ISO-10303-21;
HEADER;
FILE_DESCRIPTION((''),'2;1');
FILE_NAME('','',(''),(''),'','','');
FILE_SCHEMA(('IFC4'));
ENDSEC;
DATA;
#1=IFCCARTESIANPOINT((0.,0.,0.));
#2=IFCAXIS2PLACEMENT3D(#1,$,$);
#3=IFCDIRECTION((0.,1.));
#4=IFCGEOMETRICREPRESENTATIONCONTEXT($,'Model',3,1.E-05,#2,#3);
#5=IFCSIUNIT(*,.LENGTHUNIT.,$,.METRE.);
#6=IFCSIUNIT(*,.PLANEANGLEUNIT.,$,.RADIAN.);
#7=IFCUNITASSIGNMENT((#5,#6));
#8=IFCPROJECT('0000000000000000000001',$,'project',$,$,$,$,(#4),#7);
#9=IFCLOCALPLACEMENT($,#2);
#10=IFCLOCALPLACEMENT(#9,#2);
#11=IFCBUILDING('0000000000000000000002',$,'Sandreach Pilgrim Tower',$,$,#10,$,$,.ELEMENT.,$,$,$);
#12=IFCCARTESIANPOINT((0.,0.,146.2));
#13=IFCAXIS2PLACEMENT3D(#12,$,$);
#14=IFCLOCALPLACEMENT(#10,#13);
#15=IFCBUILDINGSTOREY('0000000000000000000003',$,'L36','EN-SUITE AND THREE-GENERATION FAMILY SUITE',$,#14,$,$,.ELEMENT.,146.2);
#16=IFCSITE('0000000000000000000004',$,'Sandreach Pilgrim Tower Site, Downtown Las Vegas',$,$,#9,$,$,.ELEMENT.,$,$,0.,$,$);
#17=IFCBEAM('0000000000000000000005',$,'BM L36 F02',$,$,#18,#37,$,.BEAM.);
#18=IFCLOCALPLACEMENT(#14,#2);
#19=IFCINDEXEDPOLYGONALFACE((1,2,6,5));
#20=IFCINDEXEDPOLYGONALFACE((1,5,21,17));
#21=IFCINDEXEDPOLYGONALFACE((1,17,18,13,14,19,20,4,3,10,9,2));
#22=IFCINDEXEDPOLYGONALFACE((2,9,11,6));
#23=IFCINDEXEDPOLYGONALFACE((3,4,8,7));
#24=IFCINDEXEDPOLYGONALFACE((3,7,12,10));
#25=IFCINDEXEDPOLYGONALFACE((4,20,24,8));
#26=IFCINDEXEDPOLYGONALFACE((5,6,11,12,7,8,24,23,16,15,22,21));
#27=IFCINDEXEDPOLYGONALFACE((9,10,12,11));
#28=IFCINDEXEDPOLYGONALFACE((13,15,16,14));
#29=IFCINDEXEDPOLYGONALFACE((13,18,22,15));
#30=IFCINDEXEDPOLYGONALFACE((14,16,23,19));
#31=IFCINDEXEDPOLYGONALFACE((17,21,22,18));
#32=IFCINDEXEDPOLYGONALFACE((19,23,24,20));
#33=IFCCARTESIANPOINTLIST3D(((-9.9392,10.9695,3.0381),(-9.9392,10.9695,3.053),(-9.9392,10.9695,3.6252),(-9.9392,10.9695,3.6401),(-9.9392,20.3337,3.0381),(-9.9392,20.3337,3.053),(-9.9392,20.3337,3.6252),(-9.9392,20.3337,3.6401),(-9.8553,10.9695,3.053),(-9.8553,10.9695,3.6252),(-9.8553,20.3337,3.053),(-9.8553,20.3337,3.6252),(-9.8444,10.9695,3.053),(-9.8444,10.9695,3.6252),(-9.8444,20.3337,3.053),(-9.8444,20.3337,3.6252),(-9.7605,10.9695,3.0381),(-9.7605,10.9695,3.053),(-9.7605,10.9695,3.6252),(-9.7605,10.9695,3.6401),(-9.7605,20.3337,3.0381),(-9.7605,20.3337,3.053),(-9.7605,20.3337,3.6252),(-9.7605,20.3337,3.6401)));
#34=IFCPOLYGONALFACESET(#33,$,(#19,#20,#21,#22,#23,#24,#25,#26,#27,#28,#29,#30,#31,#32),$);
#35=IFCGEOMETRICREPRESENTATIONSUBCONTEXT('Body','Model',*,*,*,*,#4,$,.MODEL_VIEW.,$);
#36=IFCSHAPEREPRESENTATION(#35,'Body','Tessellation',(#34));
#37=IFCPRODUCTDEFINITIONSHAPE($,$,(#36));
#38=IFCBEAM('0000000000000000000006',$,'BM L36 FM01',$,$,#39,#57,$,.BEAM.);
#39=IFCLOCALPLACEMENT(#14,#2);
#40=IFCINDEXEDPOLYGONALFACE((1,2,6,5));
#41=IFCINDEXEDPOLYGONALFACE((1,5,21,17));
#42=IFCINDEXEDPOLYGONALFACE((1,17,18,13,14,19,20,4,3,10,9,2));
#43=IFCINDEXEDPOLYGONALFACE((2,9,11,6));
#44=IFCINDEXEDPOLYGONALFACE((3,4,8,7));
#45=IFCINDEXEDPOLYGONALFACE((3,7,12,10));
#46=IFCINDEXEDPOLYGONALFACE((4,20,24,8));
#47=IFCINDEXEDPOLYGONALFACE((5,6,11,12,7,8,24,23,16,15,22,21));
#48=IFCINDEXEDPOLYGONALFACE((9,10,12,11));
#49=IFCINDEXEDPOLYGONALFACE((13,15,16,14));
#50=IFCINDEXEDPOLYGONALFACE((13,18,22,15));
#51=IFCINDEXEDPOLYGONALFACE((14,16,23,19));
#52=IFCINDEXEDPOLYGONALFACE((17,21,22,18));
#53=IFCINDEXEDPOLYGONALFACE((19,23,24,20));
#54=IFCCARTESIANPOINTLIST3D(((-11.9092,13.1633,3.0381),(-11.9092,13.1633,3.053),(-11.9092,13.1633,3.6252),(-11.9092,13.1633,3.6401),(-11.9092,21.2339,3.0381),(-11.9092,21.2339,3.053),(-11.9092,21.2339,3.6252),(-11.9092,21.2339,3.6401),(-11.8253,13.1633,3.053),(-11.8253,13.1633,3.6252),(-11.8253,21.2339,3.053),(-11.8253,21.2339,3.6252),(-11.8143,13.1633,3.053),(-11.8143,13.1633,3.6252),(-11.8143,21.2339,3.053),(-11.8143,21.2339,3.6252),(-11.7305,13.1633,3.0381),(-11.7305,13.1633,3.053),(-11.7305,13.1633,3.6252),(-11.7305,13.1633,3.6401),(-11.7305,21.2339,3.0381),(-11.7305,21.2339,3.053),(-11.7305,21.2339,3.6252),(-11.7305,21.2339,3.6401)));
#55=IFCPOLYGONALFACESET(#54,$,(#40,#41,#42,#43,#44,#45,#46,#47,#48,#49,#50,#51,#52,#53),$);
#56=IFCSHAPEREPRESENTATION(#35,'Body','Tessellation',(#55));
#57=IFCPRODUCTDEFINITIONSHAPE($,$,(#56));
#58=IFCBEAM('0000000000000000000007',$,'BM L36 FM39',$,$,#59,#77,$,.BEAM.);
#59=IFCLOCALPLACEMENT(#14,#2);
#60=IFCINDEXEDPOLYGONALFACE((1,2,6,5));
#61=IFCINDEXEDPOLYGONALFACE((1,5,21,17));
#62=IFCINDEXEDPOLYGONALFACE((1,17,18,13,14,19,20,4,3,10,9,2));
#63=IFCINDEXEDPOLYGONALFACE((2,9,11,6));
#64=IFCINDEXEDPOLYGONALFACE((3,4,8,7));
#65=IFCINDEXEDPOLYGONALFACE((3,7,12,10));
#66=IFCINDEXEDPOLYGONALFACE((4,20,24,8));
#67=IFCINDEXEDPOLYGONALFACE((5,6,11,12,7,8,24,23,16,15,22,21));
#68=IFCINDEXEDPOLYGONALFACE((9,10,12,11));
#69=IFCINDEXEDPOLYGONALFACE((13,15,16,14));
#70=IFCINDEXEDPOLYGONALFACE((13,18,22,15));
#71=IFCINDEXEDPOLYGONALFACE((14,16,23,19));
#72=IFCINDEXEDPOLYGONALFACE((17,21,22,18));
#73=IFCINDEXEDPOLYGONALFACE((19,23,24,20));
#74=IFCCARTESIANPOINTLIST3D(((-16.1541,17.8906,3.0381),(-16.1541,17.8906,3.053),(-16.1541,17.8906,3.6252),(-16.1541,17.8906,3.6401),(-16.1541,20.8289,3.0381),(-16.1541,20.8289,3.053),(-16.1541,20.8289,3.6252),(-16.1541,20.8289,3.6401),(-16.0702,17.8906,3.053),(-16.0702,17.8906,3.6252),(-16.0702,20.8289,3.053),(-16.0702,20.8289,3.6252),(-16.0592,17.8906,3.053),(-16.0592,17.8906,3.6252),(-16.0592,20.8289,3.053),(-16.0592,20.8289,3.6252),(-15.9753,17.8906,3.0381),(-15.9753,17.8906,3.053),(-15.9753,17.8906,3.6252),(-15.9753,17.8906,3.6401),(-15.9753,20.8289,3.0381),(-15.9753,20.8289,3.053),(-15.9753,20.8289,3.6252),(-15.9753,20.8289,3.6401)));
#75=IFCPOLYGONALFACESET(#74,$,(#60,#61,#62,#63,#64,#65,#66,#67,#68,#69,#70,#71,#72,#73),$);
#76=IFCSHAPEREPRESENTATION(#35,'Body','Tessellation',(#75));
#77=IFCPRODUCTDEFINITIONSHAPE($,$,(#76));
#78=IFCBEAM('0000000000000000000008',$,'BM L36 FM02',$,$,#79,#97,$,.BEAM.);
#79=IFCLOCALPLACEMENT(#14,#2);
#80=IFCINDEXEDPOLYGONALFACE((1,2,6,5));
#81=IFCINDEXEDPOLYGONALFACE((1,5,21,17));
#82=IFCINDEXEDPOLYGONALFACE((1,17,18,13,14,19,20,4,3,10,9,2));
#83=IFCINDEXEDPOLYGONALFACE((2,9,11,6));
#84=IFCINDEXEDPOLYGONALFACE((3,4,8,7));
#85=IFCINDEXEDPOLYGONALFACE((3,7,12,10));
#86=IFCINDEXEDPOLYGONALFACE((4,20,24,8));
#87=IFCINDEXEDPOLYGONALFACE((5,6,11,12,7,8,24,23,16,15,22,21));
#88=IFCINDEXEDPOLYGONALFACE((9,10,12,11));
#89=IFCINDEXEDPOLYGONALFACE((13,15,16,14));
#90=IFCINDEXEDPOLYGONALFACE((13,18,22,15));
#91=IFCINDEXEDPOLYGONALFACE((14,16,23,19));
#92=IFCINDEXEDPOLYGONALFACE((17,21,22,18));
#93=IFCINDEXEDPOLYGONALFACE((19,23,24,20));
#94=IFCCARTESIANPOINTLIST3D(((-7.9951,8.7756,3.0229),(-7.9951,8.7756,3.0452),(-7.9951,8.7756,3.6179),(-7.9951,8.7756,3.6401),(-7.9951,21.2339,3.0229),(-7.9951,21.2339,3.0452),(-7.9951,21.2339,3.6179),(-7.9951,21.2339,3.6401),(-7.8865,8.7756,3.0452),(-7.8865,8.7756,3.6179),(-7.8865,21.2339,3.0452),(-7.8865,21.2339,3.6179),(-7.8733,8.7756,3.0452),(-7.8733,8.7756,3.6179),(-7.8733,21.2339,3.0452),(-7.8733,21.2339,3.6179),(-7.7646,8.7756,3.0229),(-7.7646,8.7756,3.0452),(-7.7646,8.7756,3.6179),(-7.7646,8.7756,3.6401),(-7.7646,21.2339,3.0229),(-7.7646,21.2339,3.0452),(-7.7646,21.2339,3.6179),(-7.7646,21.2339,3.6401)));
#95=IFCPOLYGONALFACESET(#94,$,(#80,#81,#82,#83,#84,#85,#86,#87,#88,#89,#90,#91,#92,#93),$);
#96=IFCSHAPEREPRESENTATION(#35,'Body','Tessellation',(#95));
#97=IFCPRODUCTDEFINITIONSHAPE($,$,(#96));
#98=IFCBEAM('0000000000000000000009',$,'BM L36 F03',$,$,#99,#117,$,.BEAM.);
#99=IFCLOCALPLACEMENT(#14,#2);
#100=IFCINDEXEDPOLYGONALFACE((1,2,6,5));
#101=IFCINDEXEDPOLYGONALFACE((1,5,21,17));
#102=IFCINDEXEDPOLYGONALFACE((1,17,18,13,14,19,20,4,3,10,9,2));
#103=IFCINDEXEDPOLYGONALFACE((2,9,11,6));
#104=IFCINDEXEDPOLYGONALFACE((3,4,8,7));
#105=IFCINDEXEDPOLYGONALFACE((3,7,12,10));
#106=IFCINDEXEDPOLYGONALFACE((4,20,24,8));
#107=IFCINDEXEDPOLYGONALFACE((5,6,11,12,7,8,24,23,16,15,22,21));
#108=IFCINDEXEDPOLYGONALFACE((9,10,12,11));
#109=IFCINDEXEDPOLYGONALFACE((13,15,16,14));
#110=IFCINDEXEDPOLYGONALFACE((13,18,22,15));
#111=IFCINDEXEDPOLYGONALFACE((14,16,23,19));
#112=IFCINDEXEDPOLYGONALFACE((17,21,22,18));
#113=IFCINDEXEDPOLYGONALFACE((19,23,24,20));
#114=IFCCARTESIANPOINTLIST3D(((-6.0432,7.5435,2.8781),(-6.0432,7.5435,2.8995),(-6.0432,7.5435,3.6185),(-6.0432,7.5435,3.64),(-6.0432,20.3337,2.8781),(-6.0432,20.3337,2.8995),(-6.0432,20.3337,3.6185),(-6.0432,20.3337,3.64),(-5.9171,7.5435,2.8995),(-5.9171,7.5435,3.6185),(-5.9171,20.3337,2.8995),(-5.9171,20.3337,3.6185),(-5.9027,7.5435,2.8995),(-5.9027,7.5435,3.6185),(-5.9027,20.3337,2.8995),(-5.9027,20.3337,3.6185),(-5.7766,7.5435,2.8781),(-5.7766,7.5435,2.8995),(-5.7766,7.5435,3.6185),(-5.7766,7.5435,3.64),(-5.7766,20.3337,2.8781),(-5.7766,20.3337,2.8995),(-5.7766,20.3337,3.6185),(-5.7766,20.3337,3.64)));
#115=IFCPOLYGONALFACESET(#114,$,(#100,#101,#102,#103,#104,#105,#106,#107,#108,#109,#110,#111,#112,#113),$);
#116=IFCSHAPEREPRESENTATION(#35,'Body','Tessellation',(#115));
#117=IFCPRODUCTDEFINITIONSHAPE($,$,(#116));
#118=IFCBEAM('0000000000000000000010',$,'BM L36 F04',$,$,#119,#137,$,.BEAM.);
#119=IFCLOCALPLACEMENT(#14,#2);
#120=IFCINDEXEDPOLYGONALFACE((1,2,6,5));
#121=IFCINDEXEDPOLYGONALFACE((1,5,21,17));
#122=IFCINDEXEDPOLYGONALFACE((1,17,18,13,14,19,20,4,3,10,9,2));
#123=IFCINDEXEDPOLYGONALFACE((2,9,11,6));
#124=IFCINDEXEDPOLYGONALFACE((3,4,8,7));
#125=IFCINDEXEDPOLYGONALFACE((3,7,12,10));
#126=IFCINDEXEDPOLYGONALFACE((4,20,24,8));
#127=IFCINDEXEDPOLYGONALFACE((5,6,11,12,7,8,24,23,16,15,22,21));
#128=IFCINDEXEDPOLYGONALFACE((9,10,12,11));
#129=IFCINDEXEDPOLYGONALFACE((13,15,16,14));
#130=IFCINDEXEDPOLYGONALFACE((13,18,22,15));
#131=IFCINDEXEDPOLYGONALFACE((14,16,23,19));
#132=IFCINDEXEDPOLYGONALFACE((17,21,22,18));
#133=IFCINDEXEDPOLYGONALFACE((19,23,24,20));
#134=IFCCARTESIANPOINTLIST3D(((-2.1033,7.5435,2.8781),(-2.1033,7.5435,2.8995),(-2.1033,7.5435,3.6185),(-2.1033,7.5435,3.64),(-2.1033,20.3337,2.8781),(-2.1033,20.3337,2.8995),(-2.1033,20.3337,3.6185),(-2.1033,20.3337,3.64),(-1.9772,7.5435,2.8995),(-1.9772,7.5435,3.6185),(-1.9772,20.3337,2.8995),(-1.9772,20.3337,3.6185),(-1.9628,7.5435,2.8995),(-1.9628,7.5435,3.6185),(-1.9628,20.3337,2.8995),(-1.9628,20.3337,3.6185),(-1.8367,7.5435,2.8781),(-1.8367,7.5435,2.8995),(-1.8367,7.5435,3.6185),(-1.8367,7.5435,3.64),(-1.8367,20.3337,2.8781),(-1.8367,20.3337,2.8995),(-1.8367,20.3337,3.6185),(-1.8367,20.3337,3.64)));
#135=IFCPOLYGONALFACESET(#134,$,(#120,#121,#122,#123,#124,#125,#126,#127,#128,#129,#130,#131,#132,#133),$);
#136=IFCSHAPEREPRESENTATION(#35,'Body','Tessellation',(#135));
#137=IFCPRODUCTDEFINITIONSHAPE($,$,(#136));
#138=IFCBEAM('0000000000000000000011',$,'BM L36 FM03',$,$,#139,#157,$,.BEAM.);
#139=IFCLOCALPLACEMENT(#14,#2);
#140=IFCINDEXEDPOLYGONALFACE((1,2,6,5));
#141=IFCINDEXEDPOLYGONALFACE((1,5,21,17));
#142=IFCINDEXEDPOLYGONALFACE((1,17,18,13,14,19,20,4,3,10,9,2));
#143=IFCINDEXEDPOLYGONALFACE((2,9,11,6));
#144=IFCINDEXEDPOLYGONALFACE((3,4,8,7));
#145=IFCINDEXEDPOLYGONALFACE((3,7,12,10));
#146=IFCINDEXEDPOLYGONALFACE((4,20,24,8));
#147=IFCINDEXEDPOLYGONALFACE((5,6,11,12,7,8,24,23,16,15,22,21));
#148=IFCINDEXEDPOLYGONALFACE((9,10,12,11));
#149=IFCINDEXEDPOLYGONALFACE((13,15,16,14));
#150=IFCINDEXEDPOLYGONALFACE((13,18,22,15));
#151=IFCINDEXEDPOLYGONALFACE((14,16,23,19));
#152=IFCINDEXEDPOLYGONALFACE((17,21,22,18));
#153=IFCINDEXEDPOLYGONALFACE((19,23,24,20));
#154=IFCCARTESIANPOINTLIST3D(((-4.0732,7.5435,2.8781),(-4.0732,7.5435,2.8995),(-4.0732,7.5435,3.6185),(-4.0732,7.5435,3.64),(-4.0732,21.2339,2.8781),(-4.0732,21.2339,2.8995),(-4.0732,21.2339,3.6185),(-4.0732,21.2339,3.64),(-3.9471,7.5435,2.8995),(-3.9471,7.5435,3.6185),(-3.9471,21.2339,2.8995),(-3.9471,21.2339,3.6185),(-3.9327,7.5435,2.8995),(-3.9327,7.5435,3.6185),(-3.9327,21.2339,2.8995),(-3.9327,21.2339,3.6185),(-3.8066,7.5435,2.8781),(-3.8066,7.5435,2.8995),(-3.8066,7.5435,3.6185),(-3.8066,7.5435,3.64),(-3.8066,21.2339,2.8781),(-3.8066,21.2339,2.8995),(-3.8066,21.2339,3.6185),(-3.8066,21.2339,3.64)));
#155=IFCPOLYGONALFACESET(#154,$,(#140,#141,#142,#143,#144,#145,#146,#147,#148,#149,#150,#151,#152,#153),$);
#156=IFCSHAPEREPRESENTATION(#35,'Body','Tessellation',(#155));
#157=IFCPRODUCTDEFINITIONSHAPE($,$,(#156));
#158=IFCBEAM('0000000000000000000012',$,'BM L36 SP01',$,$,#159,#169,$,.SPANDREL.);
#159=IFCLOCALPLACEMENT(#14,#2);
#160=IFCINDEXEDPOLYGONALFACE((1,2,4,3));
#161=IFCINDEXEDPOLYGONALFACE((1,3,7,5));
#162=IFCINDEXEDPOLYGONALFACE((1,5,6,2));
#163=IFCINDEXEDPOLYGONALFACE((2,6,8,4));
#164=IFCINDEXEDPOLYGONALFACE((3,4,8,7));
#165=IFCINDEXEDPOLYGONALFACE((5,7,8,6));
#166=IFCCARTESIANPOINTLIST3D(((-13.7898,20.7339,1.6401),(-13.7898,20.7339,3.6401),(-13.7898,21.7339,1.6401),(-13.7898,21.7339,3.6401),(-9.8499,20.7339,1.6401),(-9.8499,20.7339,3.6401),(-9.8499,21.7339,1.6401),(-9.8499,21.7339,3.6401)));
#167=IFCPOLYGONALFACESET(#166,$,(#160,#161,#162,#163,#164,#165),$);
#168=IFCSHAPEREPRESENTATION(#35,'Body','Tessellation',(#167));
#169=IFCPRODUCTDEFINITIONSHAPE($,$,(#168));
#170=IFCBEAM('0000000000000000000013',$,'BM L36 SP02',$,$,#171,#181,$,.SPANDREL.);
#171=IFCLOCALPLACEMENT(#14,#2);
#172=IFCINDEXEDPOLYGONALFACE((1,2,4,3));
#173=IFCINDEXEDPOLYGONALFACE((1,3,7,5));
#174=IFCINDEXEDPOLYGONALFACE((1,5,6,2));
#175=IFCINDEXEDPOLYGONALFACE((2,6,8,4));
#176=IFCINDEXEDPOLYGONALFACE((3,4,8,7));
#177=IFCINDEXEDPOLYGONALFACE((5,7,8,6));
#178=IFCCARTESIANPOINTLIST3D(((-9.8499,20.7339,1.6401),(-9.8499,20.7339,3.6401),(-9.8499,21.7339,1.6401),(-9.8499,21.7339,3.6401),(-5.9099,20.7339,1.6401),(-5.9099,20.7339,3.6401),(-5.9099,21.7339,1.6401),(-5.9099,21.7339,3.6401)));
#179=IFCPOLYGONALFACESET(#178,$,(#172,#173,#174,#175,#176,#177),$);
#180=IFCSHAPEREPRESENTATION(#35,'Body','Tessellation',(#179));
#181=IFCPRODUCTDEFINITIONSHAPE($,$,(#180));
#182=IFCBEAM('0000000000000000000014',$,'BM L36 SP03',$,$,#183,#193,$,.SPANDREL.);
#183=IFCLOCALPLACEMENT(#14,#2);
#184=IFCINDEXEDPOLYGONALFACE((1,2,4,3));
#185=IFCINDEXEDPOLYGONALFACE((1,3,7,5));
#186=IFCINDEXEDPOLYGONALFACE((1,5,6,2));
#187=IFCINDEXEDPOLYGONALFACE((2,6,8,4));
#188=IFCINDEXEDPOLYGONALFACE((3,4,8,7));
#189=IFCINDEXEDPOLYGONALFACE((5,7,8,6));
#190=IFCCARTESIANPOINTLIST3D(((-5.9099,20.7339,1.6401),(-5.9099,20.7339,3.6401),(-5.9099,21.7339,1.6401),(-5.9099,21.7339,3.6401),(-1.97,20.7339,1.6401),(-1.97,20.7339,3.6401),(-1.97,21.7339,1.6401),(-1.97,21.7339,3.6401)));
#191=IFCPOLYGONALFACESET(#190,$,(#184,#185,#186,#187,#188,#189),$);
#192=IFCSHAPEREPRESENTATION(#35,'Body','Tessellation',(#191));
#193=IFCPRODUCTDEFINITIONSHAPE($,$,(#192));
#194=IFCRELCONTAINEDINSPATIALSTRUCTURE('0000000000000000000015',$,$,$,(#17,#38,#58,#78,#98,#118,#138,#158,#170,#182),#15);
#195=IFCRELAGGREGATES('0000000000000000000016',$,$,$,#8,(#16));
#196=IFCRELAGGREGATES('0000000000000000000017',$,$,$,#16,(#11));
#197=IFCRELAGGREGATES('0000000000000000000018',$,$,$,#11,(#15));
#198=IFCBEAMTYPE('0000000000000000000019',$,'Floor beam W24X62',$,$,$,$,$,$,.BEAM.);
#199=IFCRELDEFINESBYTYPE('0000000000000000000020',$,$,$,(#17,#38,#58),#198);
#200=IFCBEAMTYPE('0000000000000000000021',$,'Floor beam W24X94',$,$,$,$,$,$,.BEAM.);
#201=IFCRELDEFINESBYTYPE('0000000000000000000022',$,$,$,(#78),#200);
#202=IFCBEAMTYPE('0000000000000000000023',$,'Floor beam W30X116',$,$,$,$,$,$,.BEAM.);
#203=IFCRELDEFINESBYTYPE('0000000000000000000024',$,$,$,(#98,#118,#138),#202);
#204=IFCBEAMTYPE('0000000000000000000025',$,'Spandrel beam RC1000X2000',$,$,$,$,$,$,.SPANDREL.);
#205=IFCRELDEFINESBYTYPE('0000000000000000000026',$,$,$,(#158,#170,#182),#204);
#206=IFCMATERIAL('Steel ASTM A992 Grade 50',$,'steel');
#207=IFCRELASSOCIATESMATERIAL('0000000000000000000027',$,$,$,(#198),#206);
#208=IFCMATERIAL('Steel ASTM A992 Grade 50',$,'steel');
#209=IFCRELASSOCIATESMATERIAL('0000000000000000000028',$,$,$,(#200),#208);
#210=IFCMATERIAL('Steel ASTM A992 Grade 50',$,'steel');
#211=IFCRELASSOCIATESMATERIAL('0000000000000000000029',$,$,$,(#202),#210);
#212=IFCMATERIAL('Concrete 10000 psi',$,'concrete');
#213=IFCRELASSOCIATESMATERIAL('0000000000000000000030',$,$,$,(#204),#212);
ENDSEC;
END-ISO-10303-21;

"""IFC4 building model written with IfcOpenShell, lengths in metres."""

from ifc_helpers import new_model, si_unit, direction, frame, origin, origin_2d, place, context, subcontext, project, spatial, rectangle, i_section, extrude, material, material_profile, profile_set, type_object, element, save


model = new_model("IFC4")

# Units and contexts
model_context = context("Model", 3, precision=1e-05, world=origin(), true_north=direction((0.0, 1.0)))
body_context = subcontext(model_context, "Body", "Model", "MODEL_VIEW")
ifc_project = project(units=[si_unit("LENGTHUNIT", "METRE"), si_unit("PLANEANGLEUNIT", "RADIAN")], contexts=[model_context])

# Site, building, storey
site_placement = place(None, origin())
site = spatial("IfcSite", under=ifc_project, at=site_placement, Name="Sandreach Pilgrim Tower Site, Downtown Las Vegas", CompositionType="ELEMENT", RefElevation=0.0)
building_placement = place(site_placement, origin())
building = spatial("IfcBuilding", under=site, at=building_placement, Name="Sandreach Pilgrim Tower", CompositionType="ELEMENT")
storey_placement = place(building_placement, frame((0.0, 0.0, 146.2)))
storey = spatial("IfcBuildingStorey", under=building, at=storey_placement, Name="L36", Description="EN-SUITE AND THREE-GENERATION FAMILY SUITE", CompositionType="ELEMENT", Elevation=146.2)

# Beams
ifc_material_1 = material(Name="Steel ASTM A992 Grade 50", Category="steel")
ifc_material_profile_1 = material_profile(ifc_material_1, i_section(OverallWidth=0.1787, OverallDepth=0.6021, WebThickness=0.011, FlangeThickness=0.0149, at=origin_2d()), Name="W24X62")
ifc_profile_set_1 = profile_set([ifc_material_profile_1], Name="Steel ASTM A992 Grade 50")
beam_type_1 = type_object("IfcBeamType", Name="Floor beam W24X62", PredefinedType="BEAM", material=ifc_profile_set_1)
beam_1_placement = place(storey_placement, frame((-9.8499, 20.3337, 3.3391), z_axis=(0.0, -1.0, 0.0), x_axis=(1.0, 0.0, 0.0)))
element("IfcBeam", 1, at=beam_1_placement, inside=storey, type_object=beam_type_1, Name="BM L36 F02", PredefinedType="BEAM", context=body_context, shape_type="SweptSolid", body=[
    extrude(i_section(OverallWidth=0.1787, OverallDepth=0.6021, WebThickness=0.011, FlangeThickness=0.0149, at=origin_2d()), origin(), (0.0, 0.0, 1.0), 9.3643),
])
beam_2_placement = place(storey_placement, frame((-11.8198, 21.2339, 3.3391), z_axis=(0.0, -1.0, 0.0), x_axis=(1.0, 0.0, 0.0)))
element("IfcBeam", 2, at=beam_2_placement, inside=storey, type_object=beam_type_1, Name="BM L36 FM01", PredefinedType="BEAM", context=body_context, shape_type="SweptSolid", body=[
    extrude(i_section(OverallWidth=0.1787, OverallDepth=0.6021, WebThickness=0.011, FlangeThickness=0.0149, at=origin_2d()), origin(), (0.0, 0.0, 1.0), 8.0706),
])
beam_3_placement = place(storey_placement, frame((-16.0647, 20.8289, 3.3391), z_axis=(0.0, -1.0, 0.0), x_axis=(1.0, 0.0, 0.0)))
element("IfcBeam", 3, at=beam_3_placement, inside=storey, type_object=beam_type_1, Name="BM L36 FM39", PredefinedType="BEAM", context=body_context, shape_type="SweptSolid", body=[
    extrude(i_section(OverallWidth=0.1787, OverallDepth=0.6021, WebThickness=0.011, FlangeThickness=0.0149, at=origin_2d()), origin(), (0.0, 0.0, 1.0), 2.9382),
])
ifc_material_2 = material(Name="Steel ASTM A992 Grade 50", Category="steel")
ifc_material_profile_2 = material_profile(ifc_material_2, i_section(OverallWidth=0.2305, OverallDepth=0.6172, WebThickness=0.0132, FlangeThickness=0.0222, at=origin_2d()), Name="W24X94")
ifc_profile_set_2 = profile_set([ifc_material_profile_2], Name="Steel ASTM A992 Grade 50")
beam_type_2 = type_object("IfcBeamType", Name="Floor beam W24X94", PredefinedType="BEAM", material=ifc_profile_set_2)
beam_4_placement = place(storey_placement, frame((-7.8799, 21.2339, 3.3315), z_axis=(0.0, -1.0, 0.0), x_axis=(1.0, 0.0, 0.0)))
element("IfcBeam", 4, at=beam_4_placement, inside=storey, type_object=beam_type_2, Name="BM L36 FM02", PredefinedType="BEAM", context=body_context, shape_type="SweptSolid", body=[
    extrude(i_section(OverallWidth=0.2305, OverallDepth=0.6172, WebThickness=0.0132, FlangeThickness=0.0222, at=origin_2d()), origin(), (0.0, 0.0, 1.0), 12.4583),
])
ifc_material_3 = material(Name="Steel ASTM A992 Grade 50", Category="steel")
ifc_material_profile_3 = material_profile(ifc_material_3, i_section(OverallWidth=0.2666, OverallDepth=0.762, WebThickness=0.0144, FlangeThickness=0.0215, at=origin_2d()), Name="W30X116")
ifc_profile_set_3 = profile_set([ifc_material_profile_3], Name="Steel ASTM A992 Grade 50")
beam_type_3 = type_object("IfcBeamType", Name="Floor beam W30X116", PredefinedType="BEAM", material=ifc_profile_set_3)
for number, where, z_axis, x_axis, name in (
    (5, (-5.9099, 20.3337, 3.259), (0.0, -1.0, 0.0), (1.0, 0.0, 0.0), "BM L36 F03"),
    (6, (-1.97, 20.3337, 3.259), (0.0, -1.0, 0.0), (1.0, 0.0, 0.0), "BM L36 F04"),
):
    element("IfcBeam", number, at=place(storey_placement, frame(where, z_axis=z_axis, x_axis=x_axis)), inside=storey, type_object=beam_type_3, Name=name, PredefinedType="BEAM", context=body_context, shape_type="SweptSolid", body=[
        extrude(i_section(OverallWidth=0.2666, OverallDepth=0.762, WebThickness=0.0144, FlangeThickness=0.0215, at=origin_2d()), origin(), (0.0, 0.0, 1.0), 12.7903),
    ])
beam_5_placement = place(storey_placement, frame((-3.9399, 21.2339, 3.259), z_axis=(0.0, -1.0, 0.0), x_axis=(1.0, 0.0, 0.0)))
element("IfcBeam", 7, at=beam_5_placement, inside=storey, type_object=beam_type_3, Name="BM L36 FM03", PredefinedType="BEAM", context=body_context, shape_type="SweptSolid", body=[
    extrude(i_section(OverallWidth=0.2666, OverallDepth=0.762, WebThickness=0.0144, FlangeThickness=0.0215, at=origin_2d()), origin(), (0.0, 0.0, 1.0), 13.6904),
])
ifc_material_4 = material(Name="Concrete 10000 psi", Category="concrete")
ifc_material_profile_4 = material_profile(ifc_material_4, rectangle(XDim=1.0, YDim=2.0, at=origin_2d()), Name="RC1000X2000")
ifc_profile_set_4 = profile_set([ifc_material_profile_4], Name="Concrete 10000 psi")
beam_type_4 = type_object("IfcBeamType", Name="Spandrel beam RC1000X2000", PredefinedType="SPANDREL", material=ifc_profile_set_4)
for number, where, z_axis, x_axis, name in (
    (8, (-13.7898, 21.2339, 2.6401), (1.0, 0.0, 0.0), (0.0, 1.0, 0.0), "BM L36 SP01"),
    (9, (-9.8499, 21.2339, 2.6401), (1.0, 0.0, 0.0), (0.0, 1.0, 0.0), "BM L36 SP02"),
    (10, (-5.9099, 21.2339, 2.6401), (1.0, 0.0, 0.0), (0.0, 1.0, 0.0), "BM L36 SP03"),
):
    element("IfcBeam", number, at=place(storey_placement, frame(where, z_axis=z_axis, x_axis=x_axis)), inside=storey, type_object=beam_type_4, Name=name, PredefinedType="SPANDREL", context=body_context, shape_type="SweptSolid", body=[
        extrude(rectangle(XDim=1.0, YDim=2.0, at=origin_2d()), origin(), (0.0, 0.0, 1.0), 3.9399),
    ])

save(model, "model.ifc")
